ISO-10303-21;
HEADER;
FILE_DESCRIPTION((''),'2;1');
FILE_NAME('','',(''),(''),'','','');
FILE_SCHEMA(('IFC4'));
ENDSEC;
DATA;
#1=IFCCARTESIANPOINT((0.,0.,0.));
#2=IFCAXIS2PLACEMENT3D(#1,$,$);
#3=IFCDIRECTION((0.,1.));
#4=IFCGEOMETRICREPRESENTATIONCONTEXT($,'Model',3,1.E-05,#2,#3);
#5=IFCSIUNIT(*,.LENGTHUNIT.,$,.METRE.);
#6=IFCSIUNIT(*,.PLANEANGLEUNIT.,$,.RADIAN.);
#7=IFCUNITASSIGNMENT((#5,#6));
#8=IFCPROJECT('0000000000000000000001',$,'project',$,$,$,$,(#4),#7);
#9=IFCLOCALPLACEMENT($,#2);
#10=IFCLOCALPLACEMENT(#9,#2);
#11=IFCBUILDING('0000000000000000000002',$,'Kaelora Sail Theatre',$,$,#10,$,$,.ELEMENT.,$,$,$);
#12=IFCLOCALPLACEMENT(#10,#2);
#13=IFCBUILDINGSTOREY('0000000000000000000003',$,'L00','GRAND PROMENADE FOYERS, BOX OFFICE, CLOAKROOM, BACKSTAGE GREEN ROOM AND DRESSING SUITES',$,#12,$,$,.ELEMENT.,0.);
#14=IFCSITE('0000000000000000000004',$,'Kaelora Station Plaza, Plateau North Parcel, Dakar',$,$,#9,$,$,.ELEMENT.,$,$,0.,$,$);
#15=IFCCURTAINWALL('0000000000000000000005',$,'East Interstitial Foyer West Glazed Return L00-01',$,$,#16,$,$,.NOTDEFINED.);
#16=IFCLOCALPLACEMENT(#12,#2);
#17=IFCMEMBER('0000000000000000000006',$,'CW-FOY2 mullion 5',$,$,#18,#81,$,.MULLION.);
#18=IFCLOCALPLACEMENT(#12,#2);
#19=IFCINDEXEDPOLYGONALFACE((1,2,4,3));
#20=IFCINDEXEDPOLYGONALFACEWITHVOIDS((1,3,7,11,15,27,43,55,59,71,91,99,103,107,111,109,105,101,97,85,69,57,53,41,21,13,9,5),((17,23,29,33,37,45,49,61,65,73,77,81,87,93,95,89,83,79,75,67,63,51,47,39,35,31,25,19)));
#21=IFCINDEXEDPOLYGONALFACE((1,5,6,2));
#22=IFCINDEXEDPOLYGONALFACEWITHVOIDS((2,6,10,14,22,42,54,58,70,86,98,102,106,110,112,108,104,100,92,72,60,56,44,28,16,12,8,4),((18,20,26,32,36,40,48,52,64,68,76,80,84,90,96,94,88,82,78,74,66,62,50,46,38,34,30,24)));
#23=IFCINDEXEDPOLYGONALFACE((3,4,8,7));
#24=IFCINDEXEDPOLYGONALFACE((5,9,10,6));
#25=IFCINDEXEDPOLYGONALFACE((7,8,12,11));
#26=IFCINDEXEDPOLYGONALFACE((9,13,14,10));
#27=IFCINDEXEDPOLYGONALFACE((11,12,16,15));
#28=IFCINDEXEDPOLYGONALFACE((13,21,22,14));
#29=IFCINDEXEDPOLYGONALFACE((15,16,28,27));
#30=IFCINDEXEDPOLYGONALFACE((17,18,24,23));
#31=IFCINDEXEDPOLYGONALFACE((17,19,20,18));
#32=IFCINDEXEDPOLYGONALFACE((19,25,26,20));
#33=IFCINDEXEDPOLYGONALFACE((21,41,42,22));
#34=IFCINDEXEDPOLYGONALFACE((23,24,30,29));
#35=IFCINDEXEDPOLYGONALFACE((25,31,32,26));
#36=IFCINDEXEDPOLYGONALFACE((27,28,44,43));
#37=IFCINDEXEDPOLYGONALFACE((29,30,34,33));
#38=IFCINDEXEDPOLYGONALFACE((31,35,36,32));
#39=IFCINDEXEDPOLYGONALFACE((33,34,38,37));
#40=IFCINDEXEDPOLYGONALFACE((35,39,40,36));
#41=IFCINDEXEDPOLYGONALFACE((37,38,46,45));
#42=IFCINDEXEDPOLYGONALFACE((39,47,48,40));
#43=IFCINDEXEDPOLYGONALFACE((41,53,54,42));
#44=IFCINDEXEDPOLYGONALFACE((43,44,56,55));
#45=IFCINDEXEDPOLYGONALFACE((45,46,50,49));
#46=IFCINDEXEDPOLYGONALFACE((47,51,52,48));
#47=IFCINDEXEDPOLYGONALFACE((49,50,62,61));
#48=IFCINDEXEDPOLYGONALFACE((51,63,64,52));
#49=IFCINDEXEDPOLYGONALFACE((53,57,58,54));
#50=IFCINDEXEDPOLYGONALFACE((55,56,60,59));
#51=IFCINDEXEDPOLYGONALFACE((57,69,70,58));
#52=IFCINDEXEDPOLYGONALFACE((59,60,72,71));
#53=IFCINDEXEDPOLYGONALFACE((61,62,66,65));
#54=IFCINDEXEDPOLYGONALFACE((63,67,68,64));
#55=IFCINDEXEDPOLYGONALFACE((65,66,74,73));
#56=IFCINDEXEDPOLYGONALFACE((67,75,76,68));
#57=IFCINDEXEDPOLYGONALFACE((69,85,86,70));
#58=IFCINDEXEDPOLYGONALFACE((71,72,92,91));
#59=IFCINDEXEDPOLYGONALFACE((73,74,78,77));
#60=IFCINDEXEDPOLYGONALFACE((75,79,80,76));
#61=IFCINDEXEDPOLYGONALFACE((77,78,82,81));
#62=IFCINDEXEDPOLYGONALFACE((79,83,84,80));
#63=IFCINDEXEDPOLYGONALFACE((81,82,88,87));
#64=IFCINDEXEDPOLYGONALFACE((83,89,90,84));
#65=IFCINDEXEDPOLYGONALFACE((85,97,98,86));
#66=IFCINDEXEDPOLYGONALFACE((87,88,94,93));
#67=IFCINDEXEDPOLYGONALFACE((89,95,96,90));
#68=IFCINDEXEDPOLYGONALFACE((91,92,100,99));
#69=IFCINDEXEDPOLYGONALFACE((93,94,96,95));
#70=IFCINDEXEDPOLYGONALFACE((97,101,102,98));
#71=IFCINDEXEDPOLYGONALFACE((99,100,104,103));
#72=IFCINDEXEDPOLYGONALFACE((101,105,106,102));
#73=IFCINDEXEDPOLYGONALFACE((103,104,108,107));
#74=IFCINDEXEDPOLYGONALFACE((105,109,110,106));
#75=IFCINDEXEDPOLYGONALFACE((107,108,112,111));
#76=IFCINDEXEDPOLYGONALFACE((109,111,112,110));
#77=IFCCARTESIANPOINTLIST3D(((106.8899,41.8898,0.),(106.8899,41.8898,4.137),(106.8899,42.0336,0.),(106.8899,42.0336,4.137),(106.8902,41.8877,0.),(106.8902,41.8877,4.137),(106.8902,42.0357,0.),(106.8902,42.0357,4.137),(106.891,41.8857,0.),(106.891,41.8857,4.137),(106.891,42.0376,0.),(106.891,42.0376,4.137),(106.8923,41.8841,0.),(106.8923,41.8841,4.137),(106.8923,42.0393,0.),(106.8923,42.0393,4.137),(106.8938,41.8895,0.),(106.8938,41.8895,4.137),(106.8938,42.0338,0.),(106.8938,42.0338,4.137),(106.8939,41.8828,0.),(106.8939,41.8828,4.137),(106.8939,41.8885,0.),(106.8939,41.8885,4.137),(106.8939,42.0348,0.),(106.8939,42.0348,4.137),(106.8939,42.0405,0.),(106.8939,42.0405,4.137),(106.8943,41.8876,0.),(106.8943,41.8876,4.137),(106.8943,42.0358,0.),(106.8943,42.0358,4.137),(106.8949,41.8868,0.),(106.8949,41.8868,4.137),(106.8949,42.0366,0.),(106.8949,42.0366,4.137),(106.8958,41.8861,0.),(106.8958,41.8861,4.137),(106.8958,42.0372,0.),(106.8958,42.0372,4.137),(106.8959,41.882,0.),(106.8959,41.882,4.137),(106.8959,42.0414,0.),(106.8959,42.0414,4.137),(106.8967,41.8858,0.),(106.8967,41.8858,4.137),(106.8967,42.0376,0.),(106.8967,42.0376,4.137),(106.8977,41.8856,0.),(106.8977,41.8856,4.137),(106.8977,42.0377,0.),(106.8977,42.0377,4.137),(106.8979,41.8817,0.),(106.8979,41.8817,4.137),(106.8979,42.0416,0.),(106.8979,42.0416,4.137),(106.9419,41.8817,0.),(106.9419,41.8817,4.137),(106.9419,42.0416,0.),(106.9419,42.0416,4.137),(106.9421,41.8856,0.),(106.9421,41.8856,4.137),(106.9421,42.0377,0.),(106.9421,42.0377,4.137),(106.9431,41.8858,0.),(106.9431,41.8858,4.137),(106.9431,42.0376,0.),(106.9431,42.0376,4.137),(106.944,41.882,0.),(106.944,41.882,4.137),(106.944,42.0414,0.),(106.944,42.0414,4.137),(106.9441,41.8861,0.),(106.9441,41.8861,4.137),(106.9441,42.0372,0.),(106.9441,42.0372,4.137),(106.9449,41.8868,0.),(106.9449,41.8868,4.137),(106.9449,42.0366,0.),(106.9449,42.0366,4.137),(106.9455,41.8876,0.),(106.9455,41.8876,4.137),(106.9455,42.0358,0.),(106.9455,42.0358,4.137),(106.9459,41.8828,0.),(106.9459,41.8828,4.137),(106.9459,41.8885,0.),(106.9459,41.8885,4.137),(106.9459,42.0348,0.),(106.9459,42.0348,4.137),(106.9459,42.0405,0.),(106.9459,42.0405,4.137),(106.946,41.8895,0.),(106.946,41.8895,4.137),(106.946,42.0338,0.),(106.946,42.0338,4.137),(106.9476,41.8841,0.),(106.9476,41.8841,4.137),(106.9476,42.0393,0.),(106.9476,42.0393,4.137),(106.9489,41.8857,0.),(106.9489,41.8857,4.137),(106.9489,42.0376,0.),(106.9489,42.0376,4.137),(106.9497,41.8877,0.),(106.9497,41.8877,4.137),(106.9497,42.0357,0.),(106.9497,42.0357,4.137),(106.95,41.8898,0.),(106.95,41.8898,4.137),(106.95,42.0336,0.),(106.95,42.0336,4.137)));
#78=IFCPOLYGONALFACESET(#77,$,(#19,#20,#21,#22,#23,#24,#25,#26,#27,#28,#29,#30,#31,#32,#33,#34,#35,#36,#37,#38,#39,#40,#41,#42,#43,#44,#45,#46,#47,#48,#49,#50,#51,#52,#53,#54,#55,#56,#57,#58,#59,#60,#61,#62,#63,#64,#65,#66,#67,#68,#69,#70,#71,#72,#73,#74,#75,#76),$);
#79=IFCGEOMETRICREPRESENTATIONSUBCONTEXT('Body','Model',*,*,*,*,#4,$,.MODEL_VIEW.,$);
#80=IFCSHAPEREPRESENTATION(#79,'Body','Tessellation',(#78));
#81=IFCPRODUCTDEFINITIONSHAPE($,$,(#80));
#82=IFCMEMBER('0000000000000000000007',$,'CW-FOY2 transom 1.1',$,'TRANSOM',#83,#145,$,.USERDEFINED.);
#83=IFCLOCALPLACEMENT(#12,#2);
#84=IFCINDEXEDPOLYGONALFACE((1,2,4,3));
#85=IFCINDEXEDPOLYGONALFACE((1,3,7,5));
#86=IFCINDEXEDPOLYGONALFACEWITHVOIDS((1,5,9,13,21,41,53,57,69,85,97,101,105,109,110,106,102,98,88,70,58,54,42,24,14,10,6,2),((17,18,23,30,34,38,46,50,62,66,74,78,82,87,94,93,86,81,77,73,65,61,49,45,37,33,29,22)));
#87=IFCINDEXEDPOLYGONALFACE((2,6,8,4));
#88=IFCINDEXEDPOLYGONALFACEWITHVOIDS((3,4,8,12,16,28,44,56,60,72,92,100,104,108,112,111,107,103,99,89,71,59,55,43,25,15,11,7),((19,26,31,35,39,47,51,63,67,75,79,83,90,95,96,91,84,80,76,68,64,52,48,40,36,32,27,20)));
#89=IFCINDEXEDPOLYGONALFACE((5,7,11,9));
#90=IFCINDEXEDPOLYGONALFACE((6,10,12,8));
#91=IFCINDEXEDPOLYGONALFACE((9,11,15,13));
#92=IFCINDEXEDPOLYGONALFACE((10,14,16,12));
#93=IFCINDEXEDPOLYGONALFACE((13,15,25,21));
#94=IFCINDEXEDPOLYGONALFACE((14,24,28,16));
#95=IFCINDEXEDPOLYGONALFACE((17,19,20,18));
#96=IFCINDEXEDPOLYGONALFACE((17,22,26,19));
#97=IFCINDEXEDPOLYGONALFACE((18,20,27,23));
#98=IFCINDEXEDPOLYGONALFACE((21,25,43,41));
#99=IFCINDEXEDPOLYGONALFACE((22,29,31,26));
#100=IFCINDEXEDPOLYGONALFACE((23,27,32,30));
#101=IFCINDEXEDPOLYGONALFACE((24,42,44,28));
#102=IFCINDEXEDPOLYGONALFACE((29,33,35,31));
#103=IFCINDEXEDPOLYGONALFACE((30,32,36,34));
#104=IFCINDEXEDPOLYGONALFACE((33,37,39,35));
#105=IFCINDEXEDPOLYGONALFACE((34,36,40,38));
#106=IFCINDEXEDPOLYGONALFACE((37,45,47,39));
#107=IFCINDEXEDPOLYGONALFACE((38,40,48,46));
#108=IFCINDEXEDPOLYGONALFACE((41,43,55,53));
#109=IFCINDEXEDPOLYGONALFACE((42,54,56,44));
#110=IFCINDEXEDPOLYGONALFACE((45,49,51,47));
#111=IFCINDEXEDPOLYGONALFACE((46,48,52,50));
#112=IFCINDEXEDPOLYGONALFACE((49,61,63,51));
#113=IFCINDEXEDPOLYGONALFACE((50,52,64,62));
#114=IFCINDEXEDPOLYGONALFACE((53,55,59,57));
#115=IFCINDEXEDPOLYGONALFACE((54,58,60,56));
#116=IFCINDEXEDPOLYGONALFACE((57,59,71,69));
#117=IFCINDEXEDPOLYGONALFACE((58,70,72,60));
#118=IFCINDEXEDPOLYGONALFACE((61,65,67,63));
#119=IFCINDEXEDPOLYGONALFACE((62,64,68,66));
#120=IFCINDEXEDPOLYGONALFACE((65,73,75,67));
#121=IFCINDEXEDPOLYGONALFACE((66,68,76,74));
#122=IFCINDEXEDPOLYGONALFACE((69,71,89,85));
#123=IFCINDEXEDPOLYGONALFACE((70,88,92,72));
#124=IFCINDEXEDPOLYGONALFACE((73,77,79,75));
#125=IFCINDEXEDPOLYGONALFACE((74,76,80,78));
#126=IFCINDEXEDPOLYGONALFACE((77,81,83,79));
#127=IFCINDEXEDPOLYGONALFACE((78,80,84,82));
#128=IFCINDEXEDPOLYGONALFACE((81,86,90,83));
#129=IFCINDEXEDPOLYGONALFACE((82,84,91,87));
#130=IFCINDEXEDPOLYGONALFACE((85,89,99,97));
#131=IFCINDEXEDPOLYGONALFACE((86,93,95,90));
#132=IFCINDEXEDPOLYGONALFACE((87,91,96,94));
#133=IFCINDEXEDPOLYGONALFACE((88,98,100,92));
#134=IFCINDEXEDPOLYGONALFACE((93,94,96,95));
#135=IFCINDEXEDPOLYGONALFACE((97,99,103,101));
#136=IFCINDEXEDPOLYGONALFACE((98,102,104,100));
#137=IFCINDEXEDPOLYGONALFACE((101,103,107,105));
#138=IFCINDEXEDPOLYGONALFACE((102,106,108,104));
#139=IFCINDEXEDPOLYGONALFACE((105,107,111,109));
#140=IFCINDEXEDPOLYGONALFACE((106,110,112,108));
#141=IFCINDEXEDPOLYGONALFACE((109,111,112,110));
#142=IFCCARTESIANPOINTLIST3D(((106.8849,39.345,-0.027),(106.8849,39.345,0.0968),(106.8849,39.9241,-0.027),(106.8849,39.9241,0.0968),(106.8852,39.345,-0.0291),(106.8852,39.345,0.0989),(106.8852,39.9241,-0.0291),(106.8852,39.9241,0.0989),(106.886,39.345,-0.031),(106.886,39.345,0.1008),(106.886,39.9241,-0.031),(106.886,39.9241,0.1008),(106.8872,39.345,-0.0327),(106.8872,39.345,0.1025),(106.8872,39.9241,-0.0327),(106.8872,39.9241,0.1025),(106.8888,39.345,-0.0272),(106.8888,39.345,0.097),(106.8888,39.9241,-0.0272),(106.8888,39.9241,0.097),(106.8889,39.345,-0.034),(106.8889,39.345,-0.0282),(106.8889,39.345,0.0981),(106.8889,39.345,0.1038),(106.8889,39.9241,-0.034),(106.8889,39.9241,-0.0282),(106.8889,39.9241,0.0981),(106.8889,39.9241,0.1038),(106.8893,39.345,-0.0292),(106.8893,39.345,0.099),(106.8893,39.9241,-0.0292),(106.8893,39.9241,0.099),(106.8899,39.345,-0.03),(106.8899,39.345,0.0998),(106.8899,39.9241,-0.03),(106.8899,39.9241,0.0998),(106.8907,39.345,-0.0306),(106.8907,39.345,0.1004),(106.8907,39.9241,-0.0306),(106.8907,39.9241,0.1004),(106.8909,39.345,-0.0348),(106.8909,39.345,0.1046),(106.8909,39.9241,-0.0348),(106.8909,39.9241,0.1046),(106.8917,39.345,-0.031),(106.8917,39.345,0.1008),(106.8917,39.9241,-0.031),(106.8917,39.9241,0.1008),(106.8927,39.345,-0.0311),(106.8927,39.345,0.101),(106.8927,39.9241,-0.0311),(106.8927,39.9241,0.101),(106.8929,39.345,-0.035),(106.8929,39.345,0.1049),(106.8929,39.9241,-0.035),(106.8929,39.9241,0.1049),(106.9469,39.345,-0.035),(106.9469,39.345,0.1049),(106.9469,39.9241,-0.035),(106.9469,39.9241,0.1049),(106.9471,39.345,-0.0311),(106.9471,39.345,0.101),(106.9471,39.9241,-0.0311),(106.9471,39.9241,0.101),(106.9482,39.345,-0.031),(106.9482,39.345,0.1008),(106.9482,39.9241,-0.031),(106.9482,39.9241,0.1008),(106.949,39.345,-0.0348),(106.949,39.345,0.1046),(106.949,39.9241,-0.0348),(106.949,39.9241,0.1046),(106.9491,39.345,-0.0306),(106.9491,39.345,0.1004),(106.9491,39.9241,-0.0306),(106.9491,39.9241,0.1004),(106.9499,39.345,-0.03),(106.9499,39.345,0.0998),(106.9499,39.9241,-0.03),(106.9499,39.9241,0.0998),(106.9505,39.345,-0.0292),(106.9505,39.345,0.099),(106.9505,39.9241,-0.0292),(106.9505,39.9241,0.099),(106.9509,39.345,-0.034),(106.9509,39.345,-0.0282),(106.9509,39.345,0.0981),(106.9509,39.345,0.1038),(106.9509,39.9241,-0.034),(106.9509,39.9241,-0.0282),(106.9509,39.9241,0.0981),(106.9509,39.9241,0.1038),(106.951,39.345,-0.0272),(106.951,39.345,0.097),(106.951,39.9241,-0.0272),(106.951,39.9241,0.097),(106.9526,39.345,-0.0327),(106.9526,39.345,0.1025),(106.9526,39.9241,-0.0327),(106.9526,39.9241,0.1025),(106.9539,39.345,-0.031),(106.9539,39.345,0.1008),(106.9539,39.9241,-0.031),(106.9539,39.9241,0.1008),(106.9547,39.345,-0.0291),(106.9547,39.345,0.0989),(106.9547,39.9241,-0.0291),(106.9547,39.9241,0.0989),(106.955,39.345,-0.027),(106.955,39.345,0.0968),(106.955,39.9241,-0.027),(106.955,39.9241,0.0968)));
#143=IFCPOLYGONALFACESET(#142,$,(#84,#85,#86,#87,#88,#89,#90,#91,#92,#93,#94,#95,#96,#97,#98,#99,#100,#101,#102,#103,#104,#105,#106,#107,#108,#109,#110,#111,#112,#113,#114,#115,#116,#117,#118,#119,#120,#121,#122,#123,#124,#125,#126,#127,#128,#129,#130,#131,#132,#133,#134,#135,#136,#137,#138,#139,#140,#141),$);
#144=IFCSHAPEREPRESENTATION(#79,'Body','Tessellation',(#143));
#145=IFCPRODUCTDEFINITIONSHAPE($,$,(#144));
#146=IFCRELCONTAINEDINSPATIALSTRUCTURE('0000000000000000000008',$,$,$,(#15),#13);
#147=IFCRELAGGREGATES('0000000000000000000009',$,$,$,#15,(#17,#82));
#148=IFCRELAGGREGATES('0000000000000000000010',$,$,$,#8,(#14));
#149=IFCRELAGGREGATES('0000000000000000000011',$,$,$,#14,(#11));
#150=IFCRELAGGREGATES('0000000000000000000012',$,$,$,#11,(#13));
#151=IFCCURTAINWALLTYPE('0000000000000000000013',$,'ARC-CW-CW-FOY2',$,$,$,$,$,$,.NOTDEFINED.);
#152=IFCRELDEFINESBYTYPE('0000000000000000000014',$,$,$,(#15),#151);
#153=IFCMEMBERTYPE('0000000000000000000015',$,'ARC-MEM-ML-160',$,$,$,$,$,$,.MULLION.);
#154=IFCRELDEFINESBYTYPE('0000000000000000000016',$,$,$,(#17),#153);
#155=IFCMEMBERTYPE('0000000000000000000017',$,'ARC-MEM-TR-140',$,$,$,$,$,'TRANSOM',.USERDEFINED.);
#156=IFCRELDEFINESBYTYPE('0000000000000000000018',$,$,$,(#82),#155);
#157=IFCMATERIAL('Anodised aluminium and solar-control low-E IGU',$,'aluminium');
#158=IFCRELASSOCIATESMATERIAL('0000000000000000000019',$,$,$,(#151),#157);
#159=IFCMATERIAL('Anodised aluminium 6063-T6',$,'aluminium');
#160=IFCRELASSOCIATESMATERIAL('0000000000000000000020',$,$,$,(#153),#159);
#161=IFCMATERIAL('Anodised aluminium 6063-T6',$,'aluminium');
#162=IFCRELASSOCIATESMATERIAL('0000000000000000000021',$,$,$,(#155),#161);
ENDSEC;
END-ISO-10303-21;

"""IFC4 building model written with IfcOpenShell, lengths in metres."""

from ifc_helpers import new_model, si_unit, direction, frame, origin, origin_2d, place, context, subcontext, project, spatial, hollow_rectangle, extrude, material, material_profile, profile_set, type_object, element, aggregate, save


model = new_model("IFC4")

# Units and contexts
model_context = context("Model", 3, precision=1e-05, world=origin(), true_north=direction((0.0, 1.0)))
body_context = subcontext(model_context, "Body", "Model", "MODEL_VIEW")
ifc_project = project(units=[si_unit("LENGTHUNIT", "METRE"), si_unit("PLANEANGLEUNIT", "RADIAN")], contexts=[model_context])

# Site, building, storey
site_placement = place(None, origin())
site = spatial("IfcSite", under=ifc_project, at=site_placement, Name="Kaelora Station Plaza, Plateau North Parcel, Dakar", CompositionType="ELEMENT", RefElevation=0.0)
building_placement = place(site_placement, origin())
building = spatial("IfcBuilding", under=site, at=building_placement, Name="Kaelora Sail Theatre", CompositionType="ELEMENT")
storey_placement = place(building_placement, origin())
storey = spatial("IfcBuildingStorey", under=building, at=storey_placement, Name="L00", Description="GRAND PROMENADE FOYERS, BOX OFFICE, CLOAKROOM, BACKSTAGE GREEN ROOM AND DRESSING SUITES", CompositionType="ELEMENT", Elevation=0.0)

# Curtain wall, members
ifc_material_1 = material(Name="Anodised aluminium and solar-control low-E IGU", Category="aluminium")
curtain_wall_type = type_object("IfcCurtainWallType", Name="ARC-CW-CW-FOY2", PredefinedType="NOTDEFINED", material=ifc_material_1)
curtain_wall_placement = place(storey_placement, origin())
curtain_wall = element("IfcCurtainWall", 1, at=curtain_wall_placement, inside=storey, type_object=curtain_wall_type, Name="East Interstitial Foyer West Glazed Return L00-01", PredefinedType="NOTDEFINED")
ifc_material_2 = material(Name="Anodised aluminium 6063-T6", Category="aluminium")
ifc_material_profile_1 = material_profile(ifc_material_2, hollow_rectangle(XDim=0.0601, YDim=0.1599, WallThickness=0.0039, InnerFilletRadius=0.0039, OuterFilletRadius=0.0081, at=origin_2d()), Name="ALU-MULL 60x160x4")
ifc_profile_set_1 = profile_set([ifc_material_profile_1], Name="Anodised aluminium 6063-T6")
member_type_1 = type_object("IfcMemberType", Name="ARC-MEM-ML-160", PredefinedType="MULLION", material=ifc_profile_set_1)
member_1_placement = place(storey_placement, frame((106.9199, 41.9617, 0.0), z_axis=(0.0, 0.0, 1.0), x_axis=(-1.0, 0.0, 0.0)))
member_1 = element("IfcMember", 2, at=member_1_placement, type_object=member_type_1, Name="CW-FOY2 mullion 5", PredefinedType="MULLION", context=body_context, shape_type="SweptSolid", body=[
    extrude(hollow_rectangle(XDim=0.0601, YDim=0.1599, WallThickness=0.0039, InnerFilletRadius=0.0039, OuterFilletRadius=0.0081, at=origin_2d()), origin(), (0.0, 0.0, 1.0), 4.137),
])
ifc_material_3 = material(Name="Anodised aluminium 6063-T6", Category="aluminium")
ifc_material_profile_2 = material_profile(ifc_material_3, hollow_rectangle(XDim=0.0701, YDim=0.1399, WallThickness=0.0039, InnerFilletRadius=0.0039, OuterFilletRadius=0.0081, at=origin_2d()), Name="ALU-TRAN 70x140x4")
ifc_profile_set_2 = profile_set([ifc_material_profile_2], Name="Anodised aluminium 6063-T6")
member_type_2 = type_object("IfcMemberType", Name="ARC-MEM-TR-140", ElementType="TRANSOM", PredefinedType="USERDEFINED", material=ifc_profile_set_2)
member_2_placement = place(storey_placement, frame((106.9199, 39.345, 0.0349), z_axis=(0.0, 1.0, 0.0), x_axis=(-1.0, 0.0, 0.0)))
member_2 = element("IfcMember", 3, at=member_2_placement, type_object=member_type_2, Name="CW-FOY2 transom 1.1", ObjectType="TRANSOM", PredefinedType="USERDEFINED", context=body_context, shape_type="SweptSolid", body=[
    extrude(hollow_rectangle(XDim=0.0701, YDim=0.1399, WallThickness=0.0039, InnerFilletRadius=0.0039, OuterFilletRadius=0.0081, at=origin_2d()), origin(), (0.0, 0.0, 1.0), 0.5791),
])
aggregate(curtain_wall, [member_1, member_2])

save(model, "model.ifc")
